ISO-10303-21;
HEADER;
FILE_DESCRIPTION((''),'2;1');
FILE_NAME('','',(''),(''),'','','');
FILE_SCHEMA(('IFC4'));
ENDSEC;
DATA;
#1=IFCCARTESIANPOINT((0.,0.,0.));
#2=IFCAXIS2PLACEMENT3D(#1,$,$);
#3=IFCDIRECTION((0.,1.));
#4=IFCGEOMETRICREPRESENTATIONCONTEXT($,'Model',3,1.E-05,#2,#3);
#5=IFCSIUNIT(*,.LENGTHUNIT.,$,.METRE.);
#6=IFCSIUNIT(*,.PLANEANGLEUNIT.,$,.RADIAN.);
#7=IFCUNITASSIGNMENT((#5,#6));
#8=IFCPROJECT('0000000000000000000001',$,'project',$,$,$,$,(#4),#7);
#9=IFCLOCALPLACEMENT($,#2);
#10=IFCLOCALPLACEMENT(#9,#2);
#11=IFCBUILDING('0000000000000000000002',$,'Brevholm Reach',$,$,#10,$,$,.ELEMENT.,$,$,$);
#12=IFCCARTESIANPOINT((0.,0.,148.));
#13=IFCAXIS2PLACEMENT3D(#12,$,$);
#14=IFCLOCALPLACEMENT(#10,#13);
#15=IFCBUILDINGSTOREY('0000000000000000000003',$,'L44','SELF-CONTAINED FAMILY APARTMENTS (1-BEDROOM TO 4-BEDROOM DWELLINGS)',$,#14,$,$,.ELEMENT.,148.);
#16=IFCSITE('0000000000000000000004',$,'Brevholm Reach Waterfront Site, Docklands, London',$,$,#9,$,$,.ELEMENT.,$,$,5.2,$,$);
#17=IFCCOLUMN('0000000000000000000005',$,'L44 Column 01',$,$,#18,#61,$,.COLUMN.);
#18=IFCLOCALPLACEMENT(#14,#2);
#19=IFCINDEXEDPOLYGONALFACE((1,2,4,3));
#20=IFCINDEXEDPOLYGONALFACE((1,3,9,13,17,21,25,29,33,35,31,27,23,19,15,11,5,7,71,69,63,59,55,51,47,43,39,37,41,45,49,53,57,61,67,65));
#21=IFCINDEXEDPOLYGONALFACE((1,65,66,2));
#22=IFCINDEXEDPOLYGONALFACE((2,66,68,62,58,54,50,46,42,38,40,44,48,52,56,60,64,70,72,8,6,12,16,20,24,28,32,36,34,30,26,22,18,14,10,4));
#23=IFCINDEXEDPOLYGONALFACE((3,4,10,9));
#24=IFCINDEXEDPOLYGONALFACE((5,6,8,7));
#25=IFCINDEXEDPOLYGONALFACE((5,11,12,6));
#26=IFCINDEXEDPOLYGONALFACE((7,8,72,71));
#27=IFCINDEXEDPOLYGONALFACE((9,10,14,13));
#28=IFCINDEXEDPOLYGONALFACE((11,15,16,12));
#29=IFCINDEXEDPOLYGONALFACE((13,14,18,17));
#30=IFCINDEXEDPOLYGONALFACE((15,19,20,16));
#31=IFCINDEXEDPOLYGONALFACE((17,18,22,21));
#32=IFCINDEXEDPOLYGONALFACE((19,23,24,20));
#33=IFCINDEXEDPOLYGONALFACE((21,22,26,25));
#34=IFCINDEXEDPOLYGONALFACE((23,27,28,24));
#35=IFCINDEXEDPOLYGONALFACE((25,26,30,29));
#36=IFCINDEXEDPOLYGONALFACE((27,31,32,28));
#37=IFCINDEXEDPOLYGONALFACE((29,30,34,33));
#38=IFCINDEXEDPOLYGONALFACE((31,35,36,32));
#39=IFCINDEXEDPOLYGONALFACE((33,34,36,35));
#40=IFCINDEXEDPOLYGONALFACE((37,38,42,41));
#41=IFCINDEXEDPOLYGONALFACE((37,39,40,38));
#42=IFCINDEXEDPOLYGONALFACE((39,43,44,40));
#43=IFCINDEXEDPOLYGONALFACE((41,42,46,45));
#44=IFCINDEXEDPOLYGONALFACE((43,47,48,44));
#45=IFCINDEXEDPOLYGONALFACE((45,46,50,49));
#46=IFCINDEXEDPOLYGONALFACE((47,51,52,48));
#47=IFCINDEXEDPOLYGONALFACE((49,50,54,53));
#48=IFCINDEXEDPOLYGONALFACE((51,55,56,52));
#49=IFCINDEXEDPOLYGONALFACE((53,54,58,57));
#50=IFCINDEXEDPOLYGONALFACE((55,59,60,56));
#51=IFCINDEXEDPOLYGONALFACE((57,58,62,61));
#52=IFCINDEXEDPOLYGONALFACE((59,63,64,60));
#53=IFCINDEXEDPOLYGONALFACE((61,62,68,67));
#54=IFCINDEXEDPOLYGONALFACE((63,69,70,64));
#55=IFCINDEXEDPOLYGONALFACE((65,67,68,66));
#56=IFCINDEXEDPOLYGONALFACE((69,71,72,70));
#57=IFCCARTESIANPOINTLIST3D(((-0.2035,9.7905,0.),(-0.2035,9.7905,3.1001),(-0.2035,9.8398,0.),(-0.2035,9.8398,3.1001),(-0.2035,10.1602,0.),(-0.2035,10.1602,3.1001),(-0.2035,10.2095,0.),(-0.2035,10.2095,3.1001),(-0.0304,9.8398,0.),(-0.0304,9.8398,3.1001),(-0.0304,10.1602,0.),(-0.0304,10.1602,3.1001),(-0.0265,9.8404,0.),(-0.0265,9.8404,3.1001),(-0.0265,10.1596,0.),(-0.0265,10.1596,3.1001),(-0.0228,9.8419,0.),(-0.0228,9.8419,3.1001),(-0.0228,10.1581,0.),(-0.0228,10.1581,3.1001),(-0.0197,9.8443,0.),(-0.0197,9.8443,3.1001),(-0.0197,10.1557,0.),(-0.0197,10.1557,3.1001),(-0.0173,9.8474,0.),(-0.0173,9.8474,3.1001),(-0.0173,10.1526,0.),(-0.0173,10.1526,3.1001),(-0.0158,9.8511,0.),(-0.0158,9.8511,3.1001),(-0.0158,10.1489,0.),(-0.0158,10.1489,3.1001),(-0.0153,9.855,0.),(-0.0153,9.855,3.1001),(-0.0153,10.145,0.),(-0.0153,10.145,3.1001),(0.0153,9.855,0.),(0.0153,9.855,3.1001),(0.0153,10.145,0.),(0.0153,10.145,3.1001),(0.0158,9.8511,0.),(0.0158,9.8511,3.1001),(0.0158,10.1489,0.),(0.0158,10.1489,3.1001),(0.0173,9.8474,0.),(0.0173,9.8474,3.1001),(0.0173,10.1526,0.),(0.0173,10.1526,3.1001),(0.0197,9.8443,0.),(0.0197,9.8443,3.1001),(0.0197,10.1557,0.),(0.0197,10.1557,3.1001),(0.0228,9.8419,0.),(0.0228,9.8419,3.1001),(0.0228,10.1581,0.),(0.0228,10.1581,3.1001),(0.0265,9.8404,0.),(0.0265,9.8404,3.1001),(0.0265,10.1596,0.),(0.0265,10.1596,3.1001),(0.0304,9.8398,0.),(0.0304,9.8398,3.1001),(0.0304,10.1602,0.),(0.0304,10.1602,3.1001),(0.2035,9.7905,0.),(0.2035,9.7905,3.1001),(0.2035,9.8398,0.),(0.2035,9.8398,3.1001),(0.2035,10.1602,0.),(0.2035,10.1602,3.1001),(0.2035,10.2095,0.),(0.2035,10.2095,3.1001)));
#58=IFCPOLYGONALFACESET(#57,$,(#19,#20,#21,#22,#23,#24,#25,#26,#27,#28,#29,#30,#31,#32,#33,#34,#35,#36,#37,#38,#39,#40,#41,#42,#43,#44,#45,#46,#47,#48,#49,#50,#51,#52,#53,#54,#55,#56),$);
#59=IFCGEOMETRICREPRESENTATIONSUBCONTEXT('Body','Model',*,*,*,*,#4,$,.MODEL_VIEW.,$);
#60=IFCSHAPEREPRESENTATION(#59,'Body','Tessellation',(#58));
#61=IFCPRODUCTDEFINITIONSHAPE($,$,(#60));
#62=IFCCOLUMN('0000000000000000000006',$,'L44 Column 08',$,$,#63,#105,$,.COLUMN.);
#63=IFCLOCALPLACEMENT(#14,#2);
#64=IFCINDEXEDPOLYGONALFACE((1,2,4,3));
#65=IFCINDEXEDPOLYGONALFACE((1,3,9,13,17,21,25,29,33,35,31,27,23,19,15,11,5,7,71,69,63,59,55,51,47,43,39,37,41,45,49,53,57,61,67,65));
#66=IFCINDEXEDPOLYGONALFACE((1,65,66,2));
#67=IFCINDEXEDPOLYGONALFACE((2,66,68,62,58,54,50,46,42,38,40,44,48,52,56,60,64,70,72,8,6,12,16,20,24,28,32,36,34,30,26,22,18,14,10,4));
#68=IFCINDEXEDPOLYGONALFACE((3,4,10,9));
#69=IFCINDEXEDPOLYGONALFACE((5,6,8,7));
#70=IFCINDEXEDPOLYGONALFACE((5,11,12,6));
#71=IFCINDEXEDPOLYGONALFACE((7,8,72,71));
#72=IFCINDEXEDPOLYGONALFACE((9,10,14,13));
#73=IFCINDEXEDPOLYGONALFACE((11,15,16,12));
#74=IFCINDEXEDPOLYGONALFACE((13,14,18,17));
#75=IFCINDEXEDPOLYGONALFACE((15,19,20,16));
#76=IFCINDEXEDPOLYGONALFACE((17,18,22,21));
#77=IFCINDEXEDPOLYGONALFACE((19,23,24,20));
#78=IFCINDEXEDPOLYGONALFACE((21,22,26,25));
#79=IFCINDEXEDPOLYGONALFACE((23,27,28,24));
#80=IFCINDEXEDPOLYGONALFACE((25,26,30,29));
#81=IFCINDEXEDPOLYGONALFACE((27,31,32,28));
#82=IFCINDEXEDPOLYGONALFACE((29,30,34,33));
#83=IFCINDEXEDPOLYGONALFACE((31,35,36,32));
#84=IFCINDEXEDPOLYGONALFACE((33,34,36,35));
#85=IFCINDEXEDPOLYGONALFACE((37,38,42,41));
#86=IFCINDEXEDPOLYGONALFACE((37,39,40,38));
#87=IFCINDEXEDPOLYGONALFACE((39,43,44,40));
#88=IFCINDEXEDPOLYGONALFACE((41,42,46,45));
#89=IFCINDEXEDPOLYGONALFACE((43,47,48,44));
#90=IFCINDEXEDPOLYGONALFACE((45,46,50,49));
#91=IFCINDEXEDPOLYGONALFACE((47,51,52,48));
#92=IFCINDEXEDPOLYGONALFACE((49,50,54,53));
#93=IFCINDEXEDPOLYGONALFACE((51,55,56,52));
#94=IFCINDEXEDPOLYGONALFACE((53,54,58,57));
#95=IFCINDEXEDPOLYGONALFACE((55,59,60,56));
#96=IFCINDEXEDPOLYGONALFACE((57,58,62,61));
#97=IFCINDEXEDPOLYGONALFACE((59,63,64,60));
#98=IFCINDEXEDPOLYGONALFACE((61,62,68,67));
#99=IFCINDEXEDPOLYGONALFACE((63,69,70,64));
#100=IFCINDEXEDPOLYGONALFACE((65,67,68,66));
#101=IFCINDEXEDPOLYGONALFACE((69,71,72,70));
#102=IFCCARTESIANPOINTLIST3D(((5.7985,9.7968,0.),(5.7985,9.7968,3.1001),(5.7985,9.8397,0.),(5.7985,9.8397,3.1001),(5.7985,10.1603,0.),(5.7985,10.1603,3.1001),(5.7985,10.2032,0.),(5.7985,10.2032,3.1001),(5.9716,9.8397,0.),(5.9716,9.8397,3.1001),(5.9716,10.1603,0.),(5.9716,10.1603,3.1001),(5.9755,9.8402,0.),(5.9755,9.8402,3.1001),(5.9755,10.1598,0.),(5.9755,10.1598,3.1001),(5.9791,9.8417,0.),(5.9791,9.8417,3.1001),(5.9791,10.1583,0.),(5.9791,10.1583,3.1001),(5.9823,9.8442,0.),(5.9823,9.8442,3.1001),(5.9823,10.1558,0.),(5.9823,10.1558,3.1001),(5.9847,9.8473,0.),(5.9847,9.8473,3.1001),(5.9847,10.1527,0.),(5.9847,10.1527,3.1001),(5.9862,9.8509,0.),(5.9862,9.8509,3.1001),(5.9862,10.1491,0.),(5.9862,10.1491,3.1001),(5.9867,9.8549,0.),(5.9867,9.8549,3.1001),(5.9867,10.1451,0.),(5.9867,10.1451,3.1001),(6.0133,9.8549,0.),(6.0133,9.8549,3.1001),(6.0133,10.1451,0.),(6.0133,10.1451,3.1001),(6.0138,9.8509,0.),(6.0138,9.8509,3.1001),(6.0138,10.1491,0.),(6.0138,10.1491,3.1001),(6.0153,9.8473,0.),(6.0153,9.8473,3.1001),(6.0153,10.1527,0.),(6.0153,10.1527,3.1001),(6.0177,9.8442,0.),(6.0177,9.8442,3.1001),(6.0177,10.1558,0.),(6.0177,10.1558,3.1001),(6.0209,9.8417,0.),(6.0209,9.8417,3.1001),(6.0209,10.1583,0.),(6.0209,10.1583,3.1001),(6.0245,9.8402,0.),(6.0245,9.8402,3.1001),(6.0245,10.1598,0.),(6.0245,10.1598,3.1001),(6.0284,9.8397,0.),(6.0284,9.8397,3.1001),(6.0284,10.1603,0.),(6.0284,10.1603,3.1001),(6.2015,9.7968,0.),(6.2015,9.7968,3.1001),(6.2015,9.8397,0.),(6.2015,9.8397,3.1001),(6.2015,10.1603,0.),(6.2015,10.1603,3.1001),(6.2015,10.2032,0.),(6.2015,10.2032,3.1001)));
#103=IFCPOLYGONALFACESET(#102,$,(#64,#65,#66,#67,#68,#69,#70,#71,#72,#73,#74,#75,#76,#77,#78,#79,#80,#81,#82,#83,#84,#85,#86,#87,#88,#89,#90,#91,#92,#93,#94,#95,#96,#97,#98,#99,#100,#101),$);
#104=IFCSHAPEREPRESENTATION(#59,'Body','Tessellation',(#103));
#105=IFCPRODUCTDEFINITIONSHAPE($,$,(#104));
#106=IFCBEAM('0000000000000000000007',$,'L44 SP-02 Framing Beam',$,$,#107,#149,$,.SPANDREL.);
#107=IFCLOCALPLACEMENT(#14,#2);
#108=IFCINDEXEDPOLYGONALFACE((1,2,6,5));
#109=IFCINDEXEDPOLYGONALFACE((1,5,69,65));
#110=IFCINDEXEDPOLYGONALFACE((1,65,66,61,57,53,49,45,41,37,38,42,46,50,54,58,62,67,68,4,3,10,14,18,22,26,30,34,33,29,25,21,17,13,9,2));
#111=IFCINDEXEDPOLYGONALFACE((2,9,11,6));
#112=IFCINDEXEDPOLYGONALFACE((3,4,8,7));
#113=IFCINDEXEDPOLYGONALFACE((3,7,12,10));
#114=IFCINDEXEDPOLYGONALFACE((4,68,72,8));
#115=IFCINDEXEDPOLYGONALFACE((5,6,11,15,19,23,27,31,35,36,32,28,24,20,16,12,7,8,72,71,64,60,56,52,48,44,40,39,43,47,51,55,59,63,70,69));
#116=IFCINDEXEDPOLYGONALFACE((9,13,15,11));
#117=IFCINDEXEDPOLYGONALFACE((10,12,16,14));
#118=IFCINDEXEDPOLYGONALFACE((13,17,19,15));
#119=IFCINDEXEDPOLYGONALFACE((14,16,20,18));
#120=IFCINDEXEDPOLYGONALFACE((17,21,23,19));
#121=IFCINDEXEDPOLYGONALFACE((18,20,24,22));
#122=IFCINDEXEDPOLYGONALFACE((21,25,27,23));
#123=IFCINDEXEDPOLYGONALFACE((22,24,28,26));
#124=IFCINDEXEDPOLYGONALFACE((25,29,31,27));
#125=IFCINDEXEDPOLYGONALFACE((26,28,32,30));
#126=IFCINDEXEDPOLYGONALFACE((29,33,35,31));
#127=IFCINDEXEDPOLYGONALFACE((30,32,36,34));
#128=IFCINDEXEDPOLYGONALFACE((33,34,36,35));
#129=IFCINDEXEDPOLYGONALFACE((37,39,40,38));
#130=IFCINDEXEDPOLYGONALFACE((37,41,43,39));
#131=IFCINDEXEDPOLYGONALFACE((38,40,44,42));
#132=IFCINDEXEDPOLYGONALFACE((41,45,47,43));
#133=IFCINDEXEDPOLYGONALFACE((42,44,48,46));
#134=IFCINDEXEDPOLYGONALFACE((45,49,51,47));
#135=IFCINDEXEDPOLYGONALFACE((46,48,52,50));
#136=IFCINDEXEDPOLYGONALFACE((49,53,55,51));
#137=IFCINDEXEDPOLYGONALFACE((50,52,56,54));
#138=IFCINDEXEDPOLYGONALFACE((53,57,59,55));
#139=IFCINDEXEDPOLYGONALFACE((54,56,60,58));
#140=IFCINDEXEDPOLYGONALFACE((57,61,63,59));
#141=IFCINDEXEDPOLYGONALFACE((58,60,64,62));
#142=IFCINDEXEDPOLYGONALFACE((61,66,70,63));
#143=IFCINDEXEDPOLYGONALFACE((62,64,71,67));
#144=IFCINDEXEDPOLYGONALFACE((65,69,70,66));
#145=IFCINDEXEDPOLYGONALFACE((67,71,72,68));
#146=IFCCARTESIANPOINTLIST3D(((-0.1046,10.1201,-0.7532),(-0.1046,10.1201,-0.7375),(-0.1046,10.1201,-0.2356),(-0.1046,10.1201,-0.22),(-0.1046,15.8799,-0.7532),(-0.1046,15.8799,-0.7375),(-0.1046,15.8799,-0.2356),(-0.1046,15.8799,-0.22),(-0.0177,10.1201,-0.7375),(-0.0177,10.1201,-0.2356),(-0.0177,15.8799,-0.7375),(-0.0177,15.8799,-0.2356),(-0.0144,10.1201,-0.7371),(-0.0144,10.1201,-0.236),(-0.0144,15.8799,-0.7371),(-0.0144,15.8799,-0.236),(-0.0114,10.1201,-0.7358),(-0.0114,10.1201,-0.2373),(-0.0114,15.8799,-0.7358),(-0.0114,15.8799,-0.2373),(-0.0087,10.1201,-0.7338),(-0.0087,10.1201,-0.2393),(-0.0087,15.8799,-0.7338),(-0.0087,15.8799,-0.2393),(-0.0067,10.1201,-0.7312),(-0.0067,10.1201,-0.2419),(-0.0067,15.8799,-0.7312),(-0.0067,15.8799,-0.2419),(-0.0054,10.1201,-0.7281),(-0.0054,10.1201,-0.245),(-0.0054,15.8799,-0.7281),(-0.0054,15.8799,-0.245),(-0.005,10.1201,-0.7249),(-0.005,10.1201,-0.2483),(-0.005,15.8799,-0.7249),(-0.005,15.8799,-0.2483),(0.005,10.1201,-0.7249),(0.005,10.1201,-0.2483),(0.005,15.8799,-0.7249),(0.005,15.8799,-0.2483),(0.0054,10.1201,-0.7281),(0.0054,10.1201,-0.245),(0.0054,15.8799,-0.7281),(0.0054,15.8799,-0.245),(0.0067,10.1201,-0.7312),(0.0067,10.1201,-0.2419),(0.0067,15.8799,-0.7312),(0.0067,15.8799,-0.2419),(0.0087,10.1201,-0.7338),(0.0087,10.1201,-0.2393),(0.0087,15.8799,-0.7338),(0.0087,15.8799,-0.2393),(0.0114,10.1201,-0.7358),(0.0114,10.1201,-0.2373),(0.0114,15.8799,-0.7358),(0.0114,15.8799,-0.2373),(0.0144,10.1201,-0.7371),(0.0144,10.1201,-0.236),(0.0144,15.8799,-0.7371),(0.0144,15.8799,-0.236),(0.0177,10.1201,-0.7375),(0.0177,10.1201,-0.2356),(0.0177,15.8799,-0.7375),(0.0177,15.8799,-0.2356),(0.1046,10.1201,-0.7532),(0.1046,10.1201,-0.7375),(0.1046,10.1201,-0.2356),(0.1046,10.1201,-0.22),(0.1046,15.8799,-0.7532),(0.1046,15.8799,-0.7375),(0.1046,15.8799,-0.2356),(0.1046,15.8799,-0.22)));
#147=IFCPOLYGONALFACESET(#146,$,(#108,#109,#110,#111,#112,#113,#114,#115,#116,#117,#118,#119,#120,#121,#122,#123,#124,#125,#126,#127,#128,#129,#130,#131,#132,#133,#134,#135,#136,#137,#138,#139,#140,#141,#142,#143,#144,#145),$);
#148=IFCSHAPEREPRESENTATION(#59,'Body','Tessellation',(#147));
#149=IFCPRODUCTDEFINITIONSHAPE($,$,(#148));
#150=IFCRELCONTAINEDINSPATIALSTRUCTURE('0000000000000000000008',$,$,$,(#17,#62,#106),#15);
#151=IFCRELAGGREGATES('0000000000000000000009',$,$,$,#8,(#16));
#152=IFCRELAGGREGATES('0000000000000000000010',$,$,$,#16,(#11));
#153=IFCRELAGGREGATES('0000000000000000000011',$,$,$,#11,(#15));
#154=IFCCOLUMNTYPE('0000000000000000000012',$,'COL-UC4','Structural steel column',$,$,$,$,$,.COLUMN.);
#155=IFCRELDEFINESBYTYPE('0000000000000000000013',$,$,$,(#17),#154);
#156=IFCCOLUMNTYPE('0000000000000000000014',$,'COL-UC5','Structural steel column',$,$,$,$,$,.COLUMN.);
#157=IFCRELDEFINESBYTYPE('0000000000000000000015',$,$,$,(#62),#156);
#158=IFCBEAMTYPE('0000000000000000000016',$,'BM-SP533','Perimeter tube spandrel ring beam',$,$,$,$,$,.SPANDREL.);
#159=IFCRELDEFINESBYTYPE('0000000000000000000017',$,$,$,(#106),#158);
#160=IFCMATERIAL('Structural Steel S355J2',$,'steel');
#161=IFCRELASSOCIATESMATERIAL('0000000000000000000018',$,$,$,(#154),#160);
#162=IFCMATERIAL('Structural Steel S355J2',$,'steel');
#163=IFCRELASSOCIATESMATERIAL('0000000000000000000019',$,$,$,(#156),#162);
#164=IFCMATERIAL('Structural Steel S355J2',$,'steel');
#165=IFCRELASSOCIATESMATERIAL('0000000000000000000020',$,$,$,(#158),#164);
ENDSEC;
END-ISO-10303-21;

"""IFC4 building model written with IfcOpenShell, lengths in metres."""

from ifc_helpers import new_model, si_unit, direction, frame, origin, origin_2d, place, context, subcontext, project, spatial, i_section, extrude, material, material_profile, profile_set, type_object, element, save


model = new_model("IFC4")

# Units and contexts
model_context = context("Model", 3, precision=1e-05, world=origin(), true_north=direction((0.0, 1.0)))
body_context = subcontext(model_context, "Body", "Model", "MODEL_VIEW")
ifc_project = project(units=[si_unit("LENGTHUNIT", "METRE"), si_unit("PLANEANGLEUNIT", "RADIAN")], contexts=[model_context])

# Site, building, storey
site_placement = place(None, origin())
site = spatial("IfcSite", under=ifc_project, at=site_placement, Name="Brevholm Reach Waterfront Site, Docklands, London", CompositionType="ELEMENT", RefElevation=5.2)
building_placement = place(site_placement, origin())
building = spatial("IfcBuilding", under=site, at=building_placement, Name="Brevholm Reach", CompositionType="ELEMENT")
storey_placement = place(building_placement, frame((0.0, 0.0, 148.0)))
storey = spatial("IfcBuildingStorey", under=building, at=storey_placement, Name="L44", Description="SELF-CONTAINED FAMILY APARTMENTS (1-BEDROOM TO 4-BEDROOM DWELLINGS)", CompositionType="ELEMENT", Elevation=148.0)

# Columns
ifc_material_1 = material(Name="Structural Steel S355J2", Category="steel")
ifc_material_profile_1 = material_profile(ifc_material_1, i_section(OverallWidth=0.407, OverallDepth=0.4189, WebThickness=0.0305, FlangeThickness=0.0493, FilletRadius=0.0151, at=origin_2d()), Name="UKC 356x406x393")
ifc_profile_set_1 = profile_set([ifc_material_profile_1], Name="Structural Steel S355J2")
column_type_1 = type_object("IfcColumnType", Name="COL-UC4", Description="Structural steel column", PredefinedType="COLUMN", material=ifc_profile_set_1)
column_1_placement = place(storey_placement, frame((0.0, 10.0, 0.0), z_axis=(0.0, 0.0, 1.0), x_axis=(1.0, 0.0, 0.0)))
element("IfcColumn", 1, at=column_1_placement, inside=storey, type_object=column_type_1, Name="L44 Column 01", PredefinedType="COLUMN", context=body_context, shape_type="SweptSolid", body=[
    extrude(i_section(OverallWidth=0.407, OverallDepth=0.4189, WebThickness=0.0305, FlangeThickness=0.0493, FilletRadius=0.0151, at=origin_2d()), origin(), (0.0, 0.0, 1.0), 3.1001),
])
ifc_material_2 = material(Name="Structural Steel S355J2", Category="steel")
ifc_material_profile_2 = material_profile(ifc_material_2, i_section(OverallWidth=0.4031, OverallDepth=0.4065, WebThickness=0.0266, FlangeThickness=0.043, FilletRadius=0.0151, at=origin_2d()), Name="UKC 356x406x340")
ifc_profile_set_2 = profile_set([ifc_material_profile_2], Name="Structural Steel S355J2")
column_type_2 = type_object("IfcColumnType", Name="COL-UC5", Description="Structural steel column", PredefinedType="COLUMN", material=ifc_profile_set_2)
column_2_placement = place(storey_placement, frame((6.0, 10.0, 0.0), z_axis=(0.0, 0.0, 1.0), x_axis=(1.0, 0.0, 0.0)))
element("IfcColumn", 2, at=column_2_placement, inside=storey, type_object=column_type_2, Name="L44 Column 08", PredefinedType="COLUMN", context=body_context, shape_type="SweptSolid", body=[
    extrude(i_section(OverallWidth=0.4031, OverallDepth=0.4065, WebThickness=0.0266, FlangeThickness=0.043, FilletRadius=0.0151, at=origin_2d()), origin(), (0.0, 0.0, 1.0), 3.1001),
])

# Beam
ifc_material_3 = material(Name="Structural Steel S355J2", Category="steel")
ifc_material_profile_3 = material_profile(ifc_material_3, i_section(OverallWidth=0.2092, OverallDepth=0.5332, WebThickness=0.01, FlangeThickness=0.0156, FilletRadius=0.0127, at=origin_2d()), Name="UKB 533x210x92")
ifc_profile_set_3 = profile_set([ifc_material_profile_3], Name="Structural Steel S355J2")
beam_type_1 = type_object("IfcBeamType", Name="BM-SP533", Description="Perimeter tube spandrel ring beam", PredefinedType="SPANDREL", material=ifc_profile_set_3)
beam_placement = place(storey_placement, frame((0.0, 10.1201, -0.4866), z_axis=(0.0, 1.0, 0.0), x_axis=(-1.0, 0.0, 0.0)))
element("IfcBeam", 3, at=beam_placement, inside=storey, type_object=beam_type_1, Name="L44 SP-02 Framing Beam", PredefinedType="SPANDREL", context=body_context, shape_type="SweptSolid", body=[
    extrude(i_section(OverallWidth=0.2092, OverallDepth=0.5332, WebThickness=0.01, FlangeThickness=0.0156, FilletRadius=0.0127, at=origin_2d()), origin(), (0.0, 0.0, 1.0), 5.7598),
])

save(model, "model.ifc")
